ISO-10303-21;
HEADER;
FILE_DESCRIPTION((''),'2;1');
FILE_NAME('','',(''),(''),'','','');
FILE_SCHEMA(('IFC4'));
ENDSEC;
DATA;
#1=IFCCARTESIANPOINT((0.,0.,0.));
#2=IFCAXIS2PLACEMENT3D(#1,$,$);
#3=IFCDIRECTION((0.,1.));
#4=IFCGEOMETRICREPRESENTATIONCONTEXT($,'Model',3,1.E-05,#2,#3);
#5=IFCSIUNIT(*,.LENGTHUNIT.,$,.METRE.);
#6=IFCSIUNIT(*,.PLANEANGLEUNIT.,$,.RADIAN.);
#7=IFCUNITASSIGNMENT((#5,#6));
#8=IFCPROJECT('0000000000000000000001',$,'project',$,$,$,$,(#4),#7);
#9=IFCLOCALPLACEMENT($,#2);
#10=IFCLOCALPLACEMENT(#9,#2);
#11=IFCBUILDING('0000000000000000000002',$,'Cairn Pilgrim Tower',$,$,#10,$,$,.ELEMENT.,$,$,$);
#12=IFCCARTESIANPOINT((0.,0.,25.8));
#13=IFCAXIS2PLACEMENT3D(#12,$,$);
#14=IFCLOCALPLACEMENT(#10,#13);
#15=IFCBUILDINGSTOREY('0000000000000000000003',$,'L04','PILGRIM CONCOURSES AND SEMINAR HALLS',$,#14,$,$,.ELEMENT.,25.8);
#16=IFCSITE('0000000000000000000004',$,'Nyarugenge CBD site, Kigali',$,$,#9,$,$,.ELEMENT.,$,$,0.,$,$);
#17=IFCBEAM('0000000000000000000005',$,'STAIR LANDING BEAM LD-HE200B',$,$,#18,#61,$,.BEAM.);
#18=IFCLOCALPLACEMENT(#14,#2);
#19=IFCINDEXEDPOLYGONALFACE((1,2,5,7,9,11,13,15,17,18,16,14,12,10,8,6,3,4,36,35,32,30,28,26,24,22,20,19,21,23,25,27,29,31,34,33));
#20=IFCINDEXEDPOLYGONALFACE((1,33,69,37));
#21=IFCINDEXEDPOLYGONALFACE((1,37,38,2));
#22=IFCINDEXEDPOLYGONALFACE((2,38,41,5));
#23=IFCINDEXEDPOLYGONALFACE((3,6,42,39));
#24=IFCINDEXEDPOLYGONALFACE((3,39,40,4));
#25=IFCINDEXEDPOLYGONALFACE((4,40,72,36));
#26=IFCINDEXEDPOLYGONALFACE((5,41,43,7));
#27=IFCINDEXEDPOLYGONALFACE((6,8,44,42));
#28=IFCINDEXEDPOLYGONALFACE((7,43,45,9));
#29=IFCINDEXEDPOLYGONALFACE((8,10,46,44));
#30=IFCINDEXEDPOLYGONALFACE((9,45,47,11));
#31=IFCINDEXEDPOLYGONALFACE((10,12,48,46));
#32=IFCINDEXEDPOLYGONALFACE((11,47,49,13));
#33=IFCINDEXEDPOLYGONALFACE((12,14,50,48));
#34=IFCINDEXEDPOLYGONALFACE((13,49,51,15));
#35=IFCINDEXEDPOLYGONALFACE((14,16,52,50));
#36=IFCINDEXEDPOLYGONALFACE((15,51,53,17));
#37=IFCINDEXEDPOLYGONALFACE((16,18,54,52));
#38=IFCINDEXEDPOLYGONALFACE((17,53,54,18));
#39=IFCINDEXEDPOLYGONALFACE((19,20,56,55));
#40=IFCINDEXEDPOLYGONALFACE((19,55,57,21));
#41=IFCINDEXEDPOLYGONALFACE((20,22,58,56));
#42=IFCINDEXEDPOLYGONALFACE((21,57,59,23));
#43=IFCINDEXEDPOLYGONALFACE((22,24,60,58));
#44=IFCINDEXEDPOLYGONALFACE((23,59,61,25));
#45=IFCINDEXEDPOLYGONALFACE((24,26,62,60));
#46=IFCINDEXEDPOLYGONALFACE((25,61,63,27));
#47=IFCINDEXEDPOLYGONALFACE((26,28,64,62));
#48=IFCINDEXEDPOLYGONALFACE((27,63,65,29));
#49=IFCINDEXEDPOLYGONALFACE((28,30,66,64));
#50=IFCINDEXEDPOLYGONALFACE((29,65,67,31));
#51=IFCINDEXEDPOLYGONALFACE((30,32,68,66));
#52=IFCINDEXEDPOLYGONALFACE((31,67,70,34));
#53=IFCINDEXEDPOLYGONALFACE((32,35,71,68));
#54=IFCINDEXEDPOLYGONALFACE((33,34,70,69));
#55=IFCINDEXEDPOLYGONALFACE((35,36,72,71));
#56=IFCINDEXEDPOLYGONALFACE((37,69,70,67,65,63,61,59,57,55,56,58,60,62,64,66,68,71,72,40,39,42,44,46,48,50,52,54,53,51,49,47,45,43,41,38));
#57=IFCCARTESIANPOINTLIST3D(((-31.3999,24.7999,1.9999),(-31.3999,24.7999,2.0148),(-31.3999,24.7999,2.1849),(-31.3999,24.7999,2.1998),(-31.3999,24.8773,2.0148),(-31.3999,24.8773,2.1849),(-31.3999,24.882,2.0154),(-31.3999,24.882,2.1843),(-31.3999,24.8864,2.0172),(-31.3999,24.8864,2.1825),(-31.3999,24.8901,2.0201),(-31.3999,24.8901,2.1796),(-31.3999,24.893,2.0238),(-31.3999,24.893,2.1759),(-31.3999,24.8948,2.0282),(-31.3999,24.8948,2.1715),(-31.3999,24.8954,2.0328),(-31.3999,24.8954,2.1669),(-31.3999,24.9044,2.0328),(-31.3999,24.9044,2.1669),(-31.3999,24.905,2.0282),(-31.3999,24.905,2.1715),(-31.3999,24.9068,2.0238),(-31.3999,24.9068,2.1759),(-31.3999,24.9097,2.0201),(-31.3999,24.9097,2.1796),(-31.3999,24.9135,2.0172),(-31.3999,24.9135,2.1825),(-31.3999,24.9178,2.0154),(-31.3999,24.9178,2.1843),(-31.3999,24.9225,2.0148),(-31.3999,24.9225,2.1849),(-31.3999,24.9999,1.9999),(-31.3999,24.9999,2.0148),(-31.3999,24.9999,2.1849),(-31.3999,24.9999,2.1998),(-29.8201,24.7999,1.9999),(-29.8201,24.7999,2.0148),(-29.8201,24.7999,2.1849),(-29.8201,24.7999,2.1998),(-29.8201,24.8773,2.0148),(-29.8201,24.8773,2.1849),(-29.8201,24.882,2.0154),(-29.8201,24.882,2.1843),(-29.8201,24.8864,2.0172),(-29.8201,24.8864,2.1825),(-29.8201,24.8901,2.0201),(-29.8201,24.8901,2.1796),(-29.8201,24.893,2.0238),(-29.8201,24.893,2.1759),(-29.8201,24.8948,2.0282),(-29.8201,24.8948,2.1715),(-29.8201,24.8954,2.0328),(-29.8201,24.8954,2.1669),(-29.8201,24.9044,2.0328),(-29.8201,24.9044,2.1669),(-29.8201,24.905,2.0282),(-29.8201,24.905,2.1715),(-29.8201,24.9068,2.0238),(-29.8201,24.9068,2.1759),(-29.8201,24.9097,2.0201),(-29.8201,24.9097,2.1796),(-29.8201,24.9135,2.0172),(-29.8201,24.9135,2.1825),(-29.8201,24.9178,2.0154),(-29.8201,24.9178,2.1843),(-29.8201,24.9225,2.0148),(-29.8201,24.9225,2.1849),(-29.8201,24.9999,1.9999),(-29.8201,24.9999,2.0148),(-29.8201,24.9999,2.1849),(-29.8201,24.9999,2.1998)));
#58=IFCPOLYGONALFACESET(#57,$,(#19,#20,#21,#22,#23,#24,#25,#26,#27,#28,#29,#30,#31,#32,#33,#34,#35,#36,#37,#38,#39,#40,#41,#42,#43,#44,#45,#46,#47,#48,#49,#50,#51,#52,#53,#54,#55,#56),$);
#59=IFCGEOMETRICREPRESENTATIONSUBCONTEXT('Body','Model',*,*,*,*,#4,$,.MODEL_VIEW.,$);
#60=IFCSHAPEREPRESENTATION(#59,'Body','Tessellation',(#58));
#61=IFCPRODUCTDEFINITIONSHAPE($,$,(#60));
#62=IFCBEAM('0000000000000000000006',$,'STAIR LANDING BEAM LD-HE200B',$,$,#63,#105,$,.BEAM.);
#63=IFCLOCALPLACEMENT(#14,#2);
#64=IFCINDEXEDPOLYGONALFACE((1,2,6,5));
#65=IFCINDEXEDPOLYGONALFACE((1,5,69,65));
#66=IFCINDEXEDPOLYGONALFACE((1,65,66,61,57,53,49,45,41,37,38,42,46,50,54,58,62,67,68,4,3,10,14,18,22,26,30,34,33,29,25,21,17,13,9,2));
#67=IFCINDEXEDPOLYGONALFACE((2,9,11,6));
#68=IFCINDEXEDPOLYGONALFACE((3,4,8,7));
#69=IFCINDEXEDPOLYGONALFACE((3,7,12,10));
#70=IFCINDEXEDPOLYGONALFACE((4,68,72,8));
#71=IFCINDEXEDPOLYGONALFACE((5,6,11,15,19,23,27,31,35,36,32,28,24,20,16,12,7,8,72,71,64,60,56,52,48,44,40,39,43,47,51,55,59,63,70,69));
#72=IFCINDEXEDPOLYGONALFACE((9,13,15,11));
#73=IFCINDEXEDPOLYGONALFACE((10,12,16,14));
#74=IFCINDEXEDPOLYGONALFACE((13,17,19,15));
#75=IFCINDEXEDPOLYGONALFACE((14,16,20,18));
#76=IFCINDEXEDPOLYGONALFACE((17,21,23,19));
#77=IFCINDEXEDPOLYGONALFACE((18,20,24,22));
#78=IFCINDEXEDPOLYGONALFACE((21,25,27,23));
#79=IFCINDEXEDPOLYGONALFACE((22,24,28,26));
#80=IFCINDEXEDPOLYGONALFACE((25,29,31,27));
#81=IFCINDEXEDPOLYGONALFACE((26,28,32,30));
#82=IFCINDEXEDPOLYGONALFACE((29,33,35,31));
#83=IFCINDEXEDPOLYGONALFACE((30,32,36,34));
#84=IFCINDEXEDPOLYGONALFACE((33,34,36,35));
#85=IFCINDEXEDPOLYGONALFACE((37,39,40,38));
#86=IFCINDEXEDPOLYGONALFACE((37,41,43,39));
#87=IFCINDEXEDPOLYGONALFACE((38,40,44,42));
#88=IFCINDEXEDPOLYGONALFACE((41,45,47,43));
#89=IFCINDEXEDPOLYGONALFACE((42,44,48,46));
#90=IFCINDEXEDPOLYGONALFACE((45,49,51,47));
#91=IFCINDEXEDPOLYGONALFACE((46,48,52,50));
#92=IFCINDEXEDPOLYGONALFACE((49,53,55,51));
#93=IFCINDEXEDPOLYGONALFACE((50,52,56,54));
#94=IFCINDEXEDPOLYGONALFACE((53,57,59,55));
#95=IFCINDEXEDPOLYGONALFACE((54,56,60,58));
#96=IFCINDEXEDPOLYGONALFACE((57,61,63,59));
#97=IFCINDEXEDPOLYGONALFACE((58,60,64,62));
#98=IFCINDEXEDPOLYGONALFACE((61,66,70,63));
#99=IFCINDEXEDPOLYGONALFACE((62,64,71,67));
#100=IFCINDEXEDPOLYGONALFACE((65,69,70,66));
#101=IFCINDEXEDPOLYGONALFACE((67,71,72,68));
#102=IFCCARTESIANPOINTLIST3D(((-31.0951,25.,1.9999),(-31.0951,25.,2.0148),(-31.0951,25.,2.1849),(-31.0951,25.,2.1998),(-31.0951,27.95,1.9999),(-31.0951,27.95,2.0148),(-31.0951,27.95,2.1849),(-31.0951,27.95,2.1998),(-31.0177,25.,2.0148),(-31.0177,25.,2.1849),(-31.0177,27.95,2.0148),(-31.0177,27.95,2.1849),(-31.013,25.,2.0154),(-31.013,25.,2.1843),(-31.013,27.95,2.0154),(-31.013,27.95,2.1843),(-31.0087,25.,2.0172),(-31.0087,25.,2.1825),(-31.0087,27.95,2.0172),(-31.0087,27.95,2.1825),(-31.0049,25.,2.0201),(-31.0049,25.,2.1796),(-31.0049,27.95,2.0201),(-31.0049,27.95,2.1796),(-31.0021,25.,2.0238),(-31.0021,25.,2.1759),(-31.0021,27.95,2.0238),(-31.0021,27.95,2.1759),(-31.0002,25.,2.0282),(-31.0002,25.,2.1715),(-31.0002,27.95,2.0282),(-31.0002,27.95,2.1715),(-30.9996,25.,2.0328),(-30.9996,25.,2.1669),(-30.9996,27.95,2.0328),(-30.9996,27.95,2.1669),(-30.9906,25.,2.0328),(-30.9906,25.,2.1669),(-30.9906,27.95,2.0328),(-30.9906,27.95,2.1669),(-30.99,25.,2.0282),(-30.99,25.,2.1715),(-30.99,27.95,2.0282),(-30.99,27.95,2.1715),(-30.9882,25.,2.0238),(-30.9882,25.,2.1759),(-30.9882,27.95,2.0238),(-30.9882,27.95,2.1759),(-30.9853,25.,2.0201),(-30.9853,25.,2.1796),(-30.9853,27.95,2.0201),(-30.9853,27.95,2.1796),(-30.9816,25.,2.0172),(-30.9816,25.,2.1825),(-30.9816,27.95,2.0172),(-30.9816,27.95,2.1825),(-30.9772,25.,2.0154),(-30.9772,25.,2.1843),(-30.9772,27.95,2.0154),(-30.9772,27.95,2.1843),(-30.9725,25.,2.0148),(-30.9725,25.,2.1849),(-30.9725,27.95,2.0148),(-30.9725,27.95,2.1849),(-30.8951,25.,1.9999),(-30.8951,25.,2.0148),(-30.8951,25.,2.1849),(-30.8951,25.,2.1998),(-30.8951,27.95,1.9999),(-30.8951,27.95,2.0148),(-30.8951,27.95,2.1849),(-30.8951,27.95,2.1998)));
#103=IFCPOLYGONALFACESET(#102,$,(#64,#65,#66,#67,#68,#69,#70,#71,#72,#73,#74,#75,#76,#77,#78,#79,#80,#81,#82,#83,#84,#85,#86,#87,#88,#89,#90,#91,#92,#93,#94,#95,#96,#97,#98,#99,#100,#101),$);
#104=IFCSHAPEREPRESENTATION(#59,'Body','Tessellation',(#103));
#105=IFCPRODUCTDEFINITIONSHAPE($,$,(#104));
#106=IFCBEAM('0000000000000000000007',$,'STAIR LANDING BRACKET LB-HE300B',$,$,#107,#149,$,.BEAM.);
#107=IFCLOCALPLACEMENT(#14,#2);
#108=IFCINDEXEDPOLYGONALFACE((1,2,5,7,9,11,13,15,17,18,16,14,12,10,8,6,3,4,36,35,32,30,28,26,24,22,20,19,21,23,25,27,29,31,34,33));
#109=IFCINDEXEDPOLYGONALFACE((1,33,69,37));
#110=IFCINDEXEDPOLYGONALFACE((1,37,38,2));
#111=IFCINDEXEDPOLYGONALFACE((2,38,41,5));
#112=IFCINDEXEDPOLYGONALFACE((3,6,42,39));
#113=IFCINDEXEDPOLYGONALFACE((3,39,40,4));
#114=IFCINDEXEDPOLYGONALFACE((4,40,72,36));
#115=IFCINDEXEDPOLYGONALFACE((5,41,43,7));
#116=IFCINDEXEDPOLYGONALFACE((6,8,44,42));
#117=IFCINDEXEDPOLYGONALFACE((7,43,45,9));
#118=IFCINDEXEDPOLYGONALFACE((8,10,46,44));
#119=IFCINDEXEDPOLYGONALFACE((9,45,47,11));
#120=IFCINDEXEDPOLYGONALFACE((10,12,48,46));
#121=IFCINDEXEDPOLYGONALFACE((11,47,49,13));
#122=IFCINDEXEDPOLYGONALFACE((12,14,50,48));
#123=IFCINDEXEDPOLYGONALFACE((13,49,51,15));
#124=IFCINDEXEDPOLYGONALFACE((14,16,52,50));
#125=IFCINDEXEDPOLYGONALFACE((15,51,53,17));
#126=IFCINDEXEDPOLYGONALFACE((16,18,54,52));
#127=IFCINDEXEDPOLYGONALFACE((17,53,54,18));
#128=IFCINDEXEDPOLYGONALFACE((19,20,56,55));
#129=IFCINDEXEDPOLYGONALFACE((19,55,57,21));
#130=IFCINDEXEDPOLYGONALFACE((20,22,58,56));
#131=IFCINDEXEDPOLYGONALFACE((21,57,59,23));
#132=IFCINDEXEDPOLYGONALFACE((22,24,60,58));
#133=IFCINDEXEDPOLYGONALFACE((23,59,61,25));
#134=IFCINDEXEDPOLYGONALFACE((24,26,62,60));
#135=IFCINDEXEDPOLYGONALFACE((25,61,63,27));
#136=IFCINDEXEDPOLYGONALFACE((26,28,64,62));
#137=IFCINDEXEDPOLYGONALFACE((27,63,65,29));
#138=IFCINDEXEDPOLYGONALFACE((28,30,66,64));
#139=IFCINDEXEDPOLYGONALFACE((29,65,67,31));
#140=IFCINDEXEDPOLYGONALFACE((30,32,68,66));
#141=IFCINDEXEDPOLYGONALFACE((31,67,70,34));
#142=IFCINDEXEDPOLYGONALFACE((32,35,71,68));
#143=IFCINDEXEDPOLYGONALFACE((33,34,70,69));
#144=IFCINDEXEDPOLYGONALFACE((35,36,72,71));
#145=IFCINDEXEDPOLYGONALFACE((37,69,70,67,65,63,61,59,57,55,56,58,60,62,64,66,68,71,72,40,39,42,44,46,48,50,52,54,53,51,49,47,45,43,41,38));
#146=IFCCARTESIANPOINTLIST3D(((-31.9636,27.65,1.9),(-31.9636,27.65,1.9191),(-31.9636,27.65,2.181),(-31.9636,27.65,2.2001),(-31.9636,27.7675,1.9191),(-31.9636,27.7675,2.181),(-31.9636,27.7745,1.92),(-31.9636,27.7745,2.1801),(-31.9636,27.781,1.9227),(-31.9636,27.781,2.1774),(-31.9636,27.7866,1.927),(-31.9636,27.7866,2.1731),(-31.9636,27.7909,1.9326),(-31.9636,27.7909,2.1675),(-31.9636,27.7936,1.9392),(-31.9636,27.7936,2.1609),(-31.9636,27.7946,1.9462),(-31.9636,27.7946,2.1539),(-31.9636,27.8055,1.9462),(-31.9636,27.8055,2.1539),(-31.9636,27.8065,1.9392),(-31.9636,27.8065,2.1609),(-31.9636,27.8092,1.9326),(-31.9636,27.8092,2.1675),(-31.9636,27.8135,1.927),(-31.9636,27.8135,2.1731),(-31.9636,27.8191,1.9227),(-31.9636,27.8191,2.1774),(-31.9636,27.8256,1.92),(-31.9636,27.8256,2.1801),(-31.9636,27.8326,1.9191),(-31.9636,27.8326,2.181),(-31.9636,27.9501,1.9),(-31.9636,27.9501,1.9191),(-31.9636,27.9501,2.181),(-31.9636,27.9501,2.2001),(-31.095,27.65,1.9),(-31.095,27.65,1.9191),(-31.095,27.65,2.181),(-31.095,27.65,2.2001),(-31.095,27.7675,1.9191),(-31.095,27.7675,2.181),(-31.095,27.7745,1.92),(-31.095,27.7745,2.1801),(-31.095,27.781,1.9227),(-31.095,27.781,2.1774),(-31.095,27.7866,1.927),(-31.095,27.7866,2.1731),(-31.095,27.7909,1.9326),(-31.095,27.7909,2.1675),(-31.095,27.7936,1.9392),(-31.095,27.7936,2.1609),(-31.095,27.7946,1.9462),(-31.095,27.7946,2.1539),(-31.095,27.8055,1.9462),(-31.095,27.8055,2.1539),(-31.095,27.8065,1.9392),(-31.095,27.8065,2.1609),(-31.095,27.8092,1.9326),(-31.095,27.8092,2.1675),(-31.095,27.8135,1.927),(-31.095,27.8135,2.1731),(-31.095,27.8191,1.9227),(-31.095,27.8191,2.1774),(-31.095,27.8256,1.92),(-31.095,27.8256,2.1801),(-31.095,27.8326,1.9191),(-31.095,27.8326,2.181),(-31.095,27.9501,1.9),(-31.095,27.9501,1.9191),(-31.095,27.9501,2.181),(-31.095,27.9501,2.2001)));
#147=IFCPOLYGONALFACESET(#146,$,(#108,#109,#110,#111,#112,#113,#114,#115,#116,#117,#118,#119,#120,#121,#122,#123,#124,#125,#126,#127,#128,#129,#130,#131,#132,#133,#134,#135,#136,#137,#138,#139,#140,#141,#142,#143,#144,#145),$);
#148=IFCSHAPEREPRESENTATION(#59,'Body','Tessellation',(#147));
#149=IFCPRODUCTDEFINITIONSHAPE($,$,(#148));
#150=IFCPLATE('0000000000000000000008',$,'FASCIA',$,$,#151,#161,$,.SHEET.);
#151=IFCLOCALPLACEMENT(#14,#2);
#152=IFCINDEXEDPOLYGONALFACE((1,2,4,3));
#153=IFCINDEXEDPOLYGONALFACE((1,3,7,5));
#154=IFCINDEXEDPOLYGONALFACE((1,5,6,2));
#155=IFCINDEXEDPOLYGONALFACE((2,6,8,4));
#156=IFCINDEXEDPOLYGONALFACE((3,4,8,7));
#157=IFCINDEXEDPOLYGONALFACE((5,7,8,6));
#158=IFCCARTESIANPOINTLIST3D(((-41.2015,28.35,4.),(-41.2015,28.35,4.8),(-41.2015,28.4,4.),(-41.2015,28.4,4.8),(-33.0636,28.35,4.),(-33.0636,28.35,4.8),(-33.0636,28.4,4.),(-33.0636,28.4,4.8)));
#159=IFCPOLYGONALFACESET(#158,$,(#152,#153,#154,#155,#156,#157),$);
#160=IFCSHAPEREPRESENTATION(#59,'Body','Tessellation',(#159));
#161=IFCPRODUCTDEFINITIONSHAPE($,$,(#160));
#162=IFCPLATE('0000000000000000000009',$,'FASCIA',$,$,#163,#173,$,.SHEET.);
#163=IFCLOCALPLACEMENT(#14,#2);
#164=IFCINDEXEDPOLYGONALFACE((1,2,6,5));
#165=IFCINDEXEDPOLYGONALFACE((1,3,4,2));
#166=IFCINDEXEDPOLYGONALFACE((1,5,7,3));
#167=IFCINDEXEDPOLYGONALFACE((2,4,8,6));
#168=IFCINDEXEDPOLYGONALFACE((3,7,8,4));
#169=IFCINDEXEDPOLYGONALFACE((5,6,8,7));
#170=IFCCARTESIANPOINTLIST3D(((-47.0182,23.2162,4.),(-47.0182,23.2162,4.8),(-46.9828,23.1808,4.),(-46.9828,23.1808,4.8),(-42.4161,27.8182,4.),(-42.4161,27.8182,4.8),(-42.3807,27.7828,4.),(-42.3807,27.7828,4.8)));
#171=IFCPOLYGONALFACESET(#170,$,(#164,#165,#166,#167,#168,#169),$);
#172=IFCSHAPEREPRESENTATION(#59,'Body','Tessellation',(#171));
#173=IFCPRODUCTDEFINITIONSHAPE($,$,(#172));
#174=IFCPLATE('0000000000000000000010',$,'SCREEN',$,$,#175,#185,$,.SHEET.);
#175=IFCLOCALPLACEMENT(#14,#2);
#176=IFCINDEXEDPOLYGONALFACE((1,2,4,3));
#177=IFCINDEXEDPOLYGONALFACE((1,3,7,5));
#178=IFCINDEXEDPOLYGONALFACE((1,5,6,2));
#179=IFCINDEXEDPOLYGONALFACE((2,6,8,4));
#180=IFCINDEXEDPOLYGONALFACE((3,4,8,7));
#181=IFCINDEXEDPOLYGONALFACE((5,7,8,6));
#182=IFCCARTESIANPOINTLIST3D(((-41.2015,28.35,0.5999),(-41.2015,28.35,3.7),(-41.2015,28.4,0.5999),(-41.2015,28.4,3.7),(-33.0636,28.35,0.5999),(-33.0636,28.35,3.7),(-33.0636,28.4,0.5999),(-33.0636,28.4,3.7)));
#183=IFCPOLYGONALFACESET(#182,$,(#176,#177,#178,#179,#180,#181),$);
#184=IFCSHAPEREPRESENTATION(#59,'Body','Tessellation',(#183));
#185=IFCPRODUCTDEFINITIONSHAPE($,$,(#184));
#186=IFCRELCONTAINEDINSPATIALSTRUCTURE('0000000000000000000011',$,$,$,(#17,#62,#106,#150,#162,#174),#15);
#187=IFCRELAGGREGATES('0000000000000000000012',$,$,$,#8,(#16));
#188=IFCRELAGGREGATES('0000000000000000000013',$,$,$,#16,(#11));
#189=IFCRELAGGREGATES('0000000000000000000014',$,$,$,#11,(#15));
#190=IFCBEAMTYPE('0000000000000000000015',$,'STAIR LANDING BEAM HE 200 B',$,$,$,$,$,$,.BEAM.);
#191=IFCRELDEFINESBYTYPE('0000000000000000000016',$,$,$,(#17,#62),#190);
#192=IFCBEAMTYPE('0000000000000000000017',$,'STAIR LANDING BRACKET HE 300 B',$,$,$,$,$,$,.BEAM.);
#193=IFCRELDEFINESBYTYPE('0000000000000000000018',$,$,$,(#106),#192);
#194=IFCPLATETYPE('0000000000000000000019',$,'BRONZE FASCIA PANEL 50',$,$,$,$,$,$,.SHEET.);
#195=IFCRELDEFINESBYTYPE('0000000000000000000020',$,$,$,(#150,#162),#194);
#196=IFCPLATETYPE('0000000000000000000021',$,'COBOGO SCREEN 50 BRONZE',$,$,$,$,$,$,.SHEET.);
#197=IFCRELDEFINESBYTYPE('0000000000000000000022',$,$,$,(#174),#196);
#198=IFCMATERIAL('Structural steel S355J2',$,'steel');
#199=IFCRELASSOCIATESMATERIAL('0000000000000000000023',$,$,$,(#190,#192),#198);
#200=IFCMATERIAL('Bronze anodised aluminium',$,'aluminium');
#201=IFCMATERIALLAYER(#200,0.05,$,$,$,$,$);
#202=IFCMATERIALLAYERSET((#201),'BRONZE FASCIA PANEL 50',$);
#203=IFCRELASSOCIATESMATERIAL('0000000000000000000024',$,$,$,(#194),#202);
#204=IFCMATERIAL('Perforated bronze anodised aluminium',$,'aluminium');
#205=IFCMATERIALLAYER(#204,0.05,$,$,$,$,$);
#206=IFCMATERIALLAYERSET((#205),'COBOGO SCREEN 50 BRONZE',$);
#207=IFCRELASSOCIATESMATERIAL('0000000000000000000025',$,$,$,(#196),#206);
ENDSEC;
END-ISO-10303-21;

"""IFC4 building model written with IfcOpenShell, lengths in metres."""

from ifc_helpers import new_model, si_unit, direction, frame, origin, origin_2d, place, context, subcontext, project, spatial, rectangle, i_section, extrude, material, layer, layer_set, material_profile, profile_set, type_object, element, save


model = new_model("IFC4")

# Units and contexts
model_context = context("Model", 3, precision=1e-05, world=origin(), true_north=direction((0.0, 1.0)))
body_context = subcontext(model_context, "Body", "Model", "MODEL_VIEW")
ifc_project = project(units=[si_unit("LENGTHUNIT", "METRE"), si_unit("PLANEANGLEUNIT", "RADIAN")], contexts=[model_context])

# Site, building, storey
site_placement = place(None, origin())
site = spatial("IfcSite", under=ifc_project, at=site_placement, Name="Nyarugenge CBD site, Kigali", CompositionType="ELEMENT", RefElevation=0.0)
building_placement = place(site_placement, origin())
building = spatial("IfcBuilding", under=site, at=building_placement, Name="Cairn Pilgrim Tower", CompositionType="ELEMENT")
storey_placement = place(building_placement, frame((0.0, 0.0, 25.8)))
storey = spatial("IfcBuildingStorey", under=building, at=storey_placement, Name="L04", Description="PILGRIM CONCOURSES AND SEMINAR HALLS", CompositionType="ELEMENT", Elevation=25.8)

# Shared definitions
ifc_material_1 = material(Name="Structural steel S355J2", Category="steel")

# Beams
ifc_material_profile_1 = material_profile(ifc_material_1, i_section(OverallWidth=0.2, OverallDepth=0.2, WebThickness=0.009, FlangeThickness=0.0149, FilletRadius=0.0181, at=origin_2d()), Name="HE 200 B")
ifc_profile_set_1 = profile_set([ifc_material_profile_1], Name="Structural steel S355J2")
beam_type_1 = type_object("IfcBeamType", Name="STAIR LANDING BEAM HE 200 B", PredefinedType="BEAM", material=ifc_profile_set_1)
beam_1_placement = place(storey_placement, frame((-31.3999, 24.8999, 2.0999), z_axis=(1.0, 0.0, 0.0), x_axis=(0.0, 1.0, 0.0)))
element("IfcBeam", 1, at=beam_1_placement, inside=storey, type_object=beam_type_1, Name="STAIR LANDING BEAM LD-HE200B", PredefinedType="BEAM", context=body_context, shape_type="SweptSolid", body=[
    extrude(i_section(OverallWidth=0.2, OverallDepth=0.2, WebThickness=0.009, FlangeThickness=0.0149, FilletRadius=0.0181, at=origin_2d()), origin(), (0.0, 0.0, 1.0), 1.5798),
])
beam_2_placement = place(storey_placement, frame((-30.9951, 25.0, 2.0999), z_axis=(0.0, 1.0, 0.0), x_axis=(-1.0, 0.0, 0.0)))
element("IfcBeam", 2, at=beam_2_placement, inside=storey, type_object=beam_type_1, Name="STAIR LANDING BEAM LD-HE200B", PredefinedType="BEAM", context=body_context, shape_type="SweptSolid", body=[
    extrude(i_section(OverallWidth=0.2, OverallDepth=0.2, WebThickness=0.009, FlangeThickness=0.0149, FilletRadius=0.0181, at=origin_2d()), origin(), (0.0, 0.0, 1.0), 2.95),
])
ifc_material_profile_2 = material_profile(ifc_material_1, i_section(OverallWidth=0.3, OverallDepth=0.3, WebThickness=0.011, FlangeThickness=0.019, FilletRadius=0.0271, at=origin_2d()), Name="HE 300 B")
ifc_profile_set_2 = profile_set([ifc_material_profile_2], Name="Structural steel S355J2")
beam_type_2 = type_object("IfcBeamType", Name="STAIR LANDING BRACKET HE 300 B", PredefinedType="BEAM", material=ifc_profile_set_2)
beam_3_placement = place(storey_placement, frame((-31.9636, 27.8, 2.05), z_axis=(1.0, 0.0, 0.0), x_axis=(0.0, 1.0, 0.0)))
element("IfcBeam", 3, at=beam_3_placement, inside=storey, type_object=beam_type_2, Name="STAIR LANDING BRACKET LB-HE300B", PredefinedType="BEAM", context=body_context, shape_type="SweptSolid", body=[
    extrude(i_section(OverallWidth=0.3, OverallDepth=0.3, WebThickness=0.011, FlangeThickness=0.019, FilletRadius=0.0271, at=origin_2d()), origin(), (0.0, 0.0, 1.0), 0.8687),
])

# Plates
ifc_material_2 = material(Name="Bronze anodised aluminium", Category="aluminium")
ifc_layer_1 = layer(ifc_material_2, 0.05)
ifc_layer_set_1 = layer_set([ifc_layer_1], Name="BRONZE FASCIA PANEL 50")
plate_type_1 = type_object("IfcPlateType", Name="BRONZE FASCIA PANEL 50", PredefinedType="SHEET", material=ifc_layer_set_1)
plate_1_placement = place(storey_placement, frame((-37.1326, 28.375, 4.0), z_axis=(0.0, 0.0, 1.0), x_axis=(-1.0, 0.0, 0.0)))
element("IfcPlate", 4, at=plate_1_placement, inside=storey, type_object=plate_type_1, Name="FASCIA", PredefinedType="SHEET", context=body_context, shape_type="SweptSolid", body=[
    extrude(rectangle(XDim=8.1379, YDim=0.05, at=origin_2d()), origin(), (0.0, 0.0, 1.0), 0.8),
])
plate_2_placement = place(storey_placement, frame((-44.6995, 25.4995, 4.0), z_axis=(0.0, 0.0, 1.0), x_axis=(-0.707107, -0.707107, 0.0)))
element("IfcPlate", 5, at=plate_2_placement, inside=storey, type_object=plate_type_1, Name="FASCIA", PredefinedType="SHEET", context=body_context, shape_type="SweptSolid", body=[
    extrude(rectangle(XDim=6.5083, YDim=0.05, at=origin_2d()), origin(), (0.0, 0.0, 1.0), 0.8),
])
ifc_material_3 = material(Name="Perforated bronze anodised aluminium", Category="aluminium")
ifc_layer_2 = layer(ifc_material_3, 0.05)
ifc_layer_set_2 = layer_set([ifc_layer_2], Name="COBOGO SCREEN 50 BRONZE")
plate_type_2 = type_object("IfcPlateType", Name="COBOGO SCREEN 50 BRONZE", PredefinedType="SHEET", material=ifc_layer_set_2)
plate_3_placement = place(storey_placement, frame((-37.1326, 28.375, 0.5999), z_axis=(0.0, 0.0, 1.0), x_axis=(-1.0, 0.0, 0.0)))
element("IfcPlate", 6, at=plate_3_placement, inside=storey, type_object=plate_type_2, Name="SCREEN", PredefinedType="SHEET", context=body_context, shape_type="SweptSolid", body=[
    extrude(rectangle(XDim=8.1379, YDim=0.05, at=origin_2d()), origin(), (0.0, 0.0, 1.0), 3.1001),
])

save(model, "model.ifc")
